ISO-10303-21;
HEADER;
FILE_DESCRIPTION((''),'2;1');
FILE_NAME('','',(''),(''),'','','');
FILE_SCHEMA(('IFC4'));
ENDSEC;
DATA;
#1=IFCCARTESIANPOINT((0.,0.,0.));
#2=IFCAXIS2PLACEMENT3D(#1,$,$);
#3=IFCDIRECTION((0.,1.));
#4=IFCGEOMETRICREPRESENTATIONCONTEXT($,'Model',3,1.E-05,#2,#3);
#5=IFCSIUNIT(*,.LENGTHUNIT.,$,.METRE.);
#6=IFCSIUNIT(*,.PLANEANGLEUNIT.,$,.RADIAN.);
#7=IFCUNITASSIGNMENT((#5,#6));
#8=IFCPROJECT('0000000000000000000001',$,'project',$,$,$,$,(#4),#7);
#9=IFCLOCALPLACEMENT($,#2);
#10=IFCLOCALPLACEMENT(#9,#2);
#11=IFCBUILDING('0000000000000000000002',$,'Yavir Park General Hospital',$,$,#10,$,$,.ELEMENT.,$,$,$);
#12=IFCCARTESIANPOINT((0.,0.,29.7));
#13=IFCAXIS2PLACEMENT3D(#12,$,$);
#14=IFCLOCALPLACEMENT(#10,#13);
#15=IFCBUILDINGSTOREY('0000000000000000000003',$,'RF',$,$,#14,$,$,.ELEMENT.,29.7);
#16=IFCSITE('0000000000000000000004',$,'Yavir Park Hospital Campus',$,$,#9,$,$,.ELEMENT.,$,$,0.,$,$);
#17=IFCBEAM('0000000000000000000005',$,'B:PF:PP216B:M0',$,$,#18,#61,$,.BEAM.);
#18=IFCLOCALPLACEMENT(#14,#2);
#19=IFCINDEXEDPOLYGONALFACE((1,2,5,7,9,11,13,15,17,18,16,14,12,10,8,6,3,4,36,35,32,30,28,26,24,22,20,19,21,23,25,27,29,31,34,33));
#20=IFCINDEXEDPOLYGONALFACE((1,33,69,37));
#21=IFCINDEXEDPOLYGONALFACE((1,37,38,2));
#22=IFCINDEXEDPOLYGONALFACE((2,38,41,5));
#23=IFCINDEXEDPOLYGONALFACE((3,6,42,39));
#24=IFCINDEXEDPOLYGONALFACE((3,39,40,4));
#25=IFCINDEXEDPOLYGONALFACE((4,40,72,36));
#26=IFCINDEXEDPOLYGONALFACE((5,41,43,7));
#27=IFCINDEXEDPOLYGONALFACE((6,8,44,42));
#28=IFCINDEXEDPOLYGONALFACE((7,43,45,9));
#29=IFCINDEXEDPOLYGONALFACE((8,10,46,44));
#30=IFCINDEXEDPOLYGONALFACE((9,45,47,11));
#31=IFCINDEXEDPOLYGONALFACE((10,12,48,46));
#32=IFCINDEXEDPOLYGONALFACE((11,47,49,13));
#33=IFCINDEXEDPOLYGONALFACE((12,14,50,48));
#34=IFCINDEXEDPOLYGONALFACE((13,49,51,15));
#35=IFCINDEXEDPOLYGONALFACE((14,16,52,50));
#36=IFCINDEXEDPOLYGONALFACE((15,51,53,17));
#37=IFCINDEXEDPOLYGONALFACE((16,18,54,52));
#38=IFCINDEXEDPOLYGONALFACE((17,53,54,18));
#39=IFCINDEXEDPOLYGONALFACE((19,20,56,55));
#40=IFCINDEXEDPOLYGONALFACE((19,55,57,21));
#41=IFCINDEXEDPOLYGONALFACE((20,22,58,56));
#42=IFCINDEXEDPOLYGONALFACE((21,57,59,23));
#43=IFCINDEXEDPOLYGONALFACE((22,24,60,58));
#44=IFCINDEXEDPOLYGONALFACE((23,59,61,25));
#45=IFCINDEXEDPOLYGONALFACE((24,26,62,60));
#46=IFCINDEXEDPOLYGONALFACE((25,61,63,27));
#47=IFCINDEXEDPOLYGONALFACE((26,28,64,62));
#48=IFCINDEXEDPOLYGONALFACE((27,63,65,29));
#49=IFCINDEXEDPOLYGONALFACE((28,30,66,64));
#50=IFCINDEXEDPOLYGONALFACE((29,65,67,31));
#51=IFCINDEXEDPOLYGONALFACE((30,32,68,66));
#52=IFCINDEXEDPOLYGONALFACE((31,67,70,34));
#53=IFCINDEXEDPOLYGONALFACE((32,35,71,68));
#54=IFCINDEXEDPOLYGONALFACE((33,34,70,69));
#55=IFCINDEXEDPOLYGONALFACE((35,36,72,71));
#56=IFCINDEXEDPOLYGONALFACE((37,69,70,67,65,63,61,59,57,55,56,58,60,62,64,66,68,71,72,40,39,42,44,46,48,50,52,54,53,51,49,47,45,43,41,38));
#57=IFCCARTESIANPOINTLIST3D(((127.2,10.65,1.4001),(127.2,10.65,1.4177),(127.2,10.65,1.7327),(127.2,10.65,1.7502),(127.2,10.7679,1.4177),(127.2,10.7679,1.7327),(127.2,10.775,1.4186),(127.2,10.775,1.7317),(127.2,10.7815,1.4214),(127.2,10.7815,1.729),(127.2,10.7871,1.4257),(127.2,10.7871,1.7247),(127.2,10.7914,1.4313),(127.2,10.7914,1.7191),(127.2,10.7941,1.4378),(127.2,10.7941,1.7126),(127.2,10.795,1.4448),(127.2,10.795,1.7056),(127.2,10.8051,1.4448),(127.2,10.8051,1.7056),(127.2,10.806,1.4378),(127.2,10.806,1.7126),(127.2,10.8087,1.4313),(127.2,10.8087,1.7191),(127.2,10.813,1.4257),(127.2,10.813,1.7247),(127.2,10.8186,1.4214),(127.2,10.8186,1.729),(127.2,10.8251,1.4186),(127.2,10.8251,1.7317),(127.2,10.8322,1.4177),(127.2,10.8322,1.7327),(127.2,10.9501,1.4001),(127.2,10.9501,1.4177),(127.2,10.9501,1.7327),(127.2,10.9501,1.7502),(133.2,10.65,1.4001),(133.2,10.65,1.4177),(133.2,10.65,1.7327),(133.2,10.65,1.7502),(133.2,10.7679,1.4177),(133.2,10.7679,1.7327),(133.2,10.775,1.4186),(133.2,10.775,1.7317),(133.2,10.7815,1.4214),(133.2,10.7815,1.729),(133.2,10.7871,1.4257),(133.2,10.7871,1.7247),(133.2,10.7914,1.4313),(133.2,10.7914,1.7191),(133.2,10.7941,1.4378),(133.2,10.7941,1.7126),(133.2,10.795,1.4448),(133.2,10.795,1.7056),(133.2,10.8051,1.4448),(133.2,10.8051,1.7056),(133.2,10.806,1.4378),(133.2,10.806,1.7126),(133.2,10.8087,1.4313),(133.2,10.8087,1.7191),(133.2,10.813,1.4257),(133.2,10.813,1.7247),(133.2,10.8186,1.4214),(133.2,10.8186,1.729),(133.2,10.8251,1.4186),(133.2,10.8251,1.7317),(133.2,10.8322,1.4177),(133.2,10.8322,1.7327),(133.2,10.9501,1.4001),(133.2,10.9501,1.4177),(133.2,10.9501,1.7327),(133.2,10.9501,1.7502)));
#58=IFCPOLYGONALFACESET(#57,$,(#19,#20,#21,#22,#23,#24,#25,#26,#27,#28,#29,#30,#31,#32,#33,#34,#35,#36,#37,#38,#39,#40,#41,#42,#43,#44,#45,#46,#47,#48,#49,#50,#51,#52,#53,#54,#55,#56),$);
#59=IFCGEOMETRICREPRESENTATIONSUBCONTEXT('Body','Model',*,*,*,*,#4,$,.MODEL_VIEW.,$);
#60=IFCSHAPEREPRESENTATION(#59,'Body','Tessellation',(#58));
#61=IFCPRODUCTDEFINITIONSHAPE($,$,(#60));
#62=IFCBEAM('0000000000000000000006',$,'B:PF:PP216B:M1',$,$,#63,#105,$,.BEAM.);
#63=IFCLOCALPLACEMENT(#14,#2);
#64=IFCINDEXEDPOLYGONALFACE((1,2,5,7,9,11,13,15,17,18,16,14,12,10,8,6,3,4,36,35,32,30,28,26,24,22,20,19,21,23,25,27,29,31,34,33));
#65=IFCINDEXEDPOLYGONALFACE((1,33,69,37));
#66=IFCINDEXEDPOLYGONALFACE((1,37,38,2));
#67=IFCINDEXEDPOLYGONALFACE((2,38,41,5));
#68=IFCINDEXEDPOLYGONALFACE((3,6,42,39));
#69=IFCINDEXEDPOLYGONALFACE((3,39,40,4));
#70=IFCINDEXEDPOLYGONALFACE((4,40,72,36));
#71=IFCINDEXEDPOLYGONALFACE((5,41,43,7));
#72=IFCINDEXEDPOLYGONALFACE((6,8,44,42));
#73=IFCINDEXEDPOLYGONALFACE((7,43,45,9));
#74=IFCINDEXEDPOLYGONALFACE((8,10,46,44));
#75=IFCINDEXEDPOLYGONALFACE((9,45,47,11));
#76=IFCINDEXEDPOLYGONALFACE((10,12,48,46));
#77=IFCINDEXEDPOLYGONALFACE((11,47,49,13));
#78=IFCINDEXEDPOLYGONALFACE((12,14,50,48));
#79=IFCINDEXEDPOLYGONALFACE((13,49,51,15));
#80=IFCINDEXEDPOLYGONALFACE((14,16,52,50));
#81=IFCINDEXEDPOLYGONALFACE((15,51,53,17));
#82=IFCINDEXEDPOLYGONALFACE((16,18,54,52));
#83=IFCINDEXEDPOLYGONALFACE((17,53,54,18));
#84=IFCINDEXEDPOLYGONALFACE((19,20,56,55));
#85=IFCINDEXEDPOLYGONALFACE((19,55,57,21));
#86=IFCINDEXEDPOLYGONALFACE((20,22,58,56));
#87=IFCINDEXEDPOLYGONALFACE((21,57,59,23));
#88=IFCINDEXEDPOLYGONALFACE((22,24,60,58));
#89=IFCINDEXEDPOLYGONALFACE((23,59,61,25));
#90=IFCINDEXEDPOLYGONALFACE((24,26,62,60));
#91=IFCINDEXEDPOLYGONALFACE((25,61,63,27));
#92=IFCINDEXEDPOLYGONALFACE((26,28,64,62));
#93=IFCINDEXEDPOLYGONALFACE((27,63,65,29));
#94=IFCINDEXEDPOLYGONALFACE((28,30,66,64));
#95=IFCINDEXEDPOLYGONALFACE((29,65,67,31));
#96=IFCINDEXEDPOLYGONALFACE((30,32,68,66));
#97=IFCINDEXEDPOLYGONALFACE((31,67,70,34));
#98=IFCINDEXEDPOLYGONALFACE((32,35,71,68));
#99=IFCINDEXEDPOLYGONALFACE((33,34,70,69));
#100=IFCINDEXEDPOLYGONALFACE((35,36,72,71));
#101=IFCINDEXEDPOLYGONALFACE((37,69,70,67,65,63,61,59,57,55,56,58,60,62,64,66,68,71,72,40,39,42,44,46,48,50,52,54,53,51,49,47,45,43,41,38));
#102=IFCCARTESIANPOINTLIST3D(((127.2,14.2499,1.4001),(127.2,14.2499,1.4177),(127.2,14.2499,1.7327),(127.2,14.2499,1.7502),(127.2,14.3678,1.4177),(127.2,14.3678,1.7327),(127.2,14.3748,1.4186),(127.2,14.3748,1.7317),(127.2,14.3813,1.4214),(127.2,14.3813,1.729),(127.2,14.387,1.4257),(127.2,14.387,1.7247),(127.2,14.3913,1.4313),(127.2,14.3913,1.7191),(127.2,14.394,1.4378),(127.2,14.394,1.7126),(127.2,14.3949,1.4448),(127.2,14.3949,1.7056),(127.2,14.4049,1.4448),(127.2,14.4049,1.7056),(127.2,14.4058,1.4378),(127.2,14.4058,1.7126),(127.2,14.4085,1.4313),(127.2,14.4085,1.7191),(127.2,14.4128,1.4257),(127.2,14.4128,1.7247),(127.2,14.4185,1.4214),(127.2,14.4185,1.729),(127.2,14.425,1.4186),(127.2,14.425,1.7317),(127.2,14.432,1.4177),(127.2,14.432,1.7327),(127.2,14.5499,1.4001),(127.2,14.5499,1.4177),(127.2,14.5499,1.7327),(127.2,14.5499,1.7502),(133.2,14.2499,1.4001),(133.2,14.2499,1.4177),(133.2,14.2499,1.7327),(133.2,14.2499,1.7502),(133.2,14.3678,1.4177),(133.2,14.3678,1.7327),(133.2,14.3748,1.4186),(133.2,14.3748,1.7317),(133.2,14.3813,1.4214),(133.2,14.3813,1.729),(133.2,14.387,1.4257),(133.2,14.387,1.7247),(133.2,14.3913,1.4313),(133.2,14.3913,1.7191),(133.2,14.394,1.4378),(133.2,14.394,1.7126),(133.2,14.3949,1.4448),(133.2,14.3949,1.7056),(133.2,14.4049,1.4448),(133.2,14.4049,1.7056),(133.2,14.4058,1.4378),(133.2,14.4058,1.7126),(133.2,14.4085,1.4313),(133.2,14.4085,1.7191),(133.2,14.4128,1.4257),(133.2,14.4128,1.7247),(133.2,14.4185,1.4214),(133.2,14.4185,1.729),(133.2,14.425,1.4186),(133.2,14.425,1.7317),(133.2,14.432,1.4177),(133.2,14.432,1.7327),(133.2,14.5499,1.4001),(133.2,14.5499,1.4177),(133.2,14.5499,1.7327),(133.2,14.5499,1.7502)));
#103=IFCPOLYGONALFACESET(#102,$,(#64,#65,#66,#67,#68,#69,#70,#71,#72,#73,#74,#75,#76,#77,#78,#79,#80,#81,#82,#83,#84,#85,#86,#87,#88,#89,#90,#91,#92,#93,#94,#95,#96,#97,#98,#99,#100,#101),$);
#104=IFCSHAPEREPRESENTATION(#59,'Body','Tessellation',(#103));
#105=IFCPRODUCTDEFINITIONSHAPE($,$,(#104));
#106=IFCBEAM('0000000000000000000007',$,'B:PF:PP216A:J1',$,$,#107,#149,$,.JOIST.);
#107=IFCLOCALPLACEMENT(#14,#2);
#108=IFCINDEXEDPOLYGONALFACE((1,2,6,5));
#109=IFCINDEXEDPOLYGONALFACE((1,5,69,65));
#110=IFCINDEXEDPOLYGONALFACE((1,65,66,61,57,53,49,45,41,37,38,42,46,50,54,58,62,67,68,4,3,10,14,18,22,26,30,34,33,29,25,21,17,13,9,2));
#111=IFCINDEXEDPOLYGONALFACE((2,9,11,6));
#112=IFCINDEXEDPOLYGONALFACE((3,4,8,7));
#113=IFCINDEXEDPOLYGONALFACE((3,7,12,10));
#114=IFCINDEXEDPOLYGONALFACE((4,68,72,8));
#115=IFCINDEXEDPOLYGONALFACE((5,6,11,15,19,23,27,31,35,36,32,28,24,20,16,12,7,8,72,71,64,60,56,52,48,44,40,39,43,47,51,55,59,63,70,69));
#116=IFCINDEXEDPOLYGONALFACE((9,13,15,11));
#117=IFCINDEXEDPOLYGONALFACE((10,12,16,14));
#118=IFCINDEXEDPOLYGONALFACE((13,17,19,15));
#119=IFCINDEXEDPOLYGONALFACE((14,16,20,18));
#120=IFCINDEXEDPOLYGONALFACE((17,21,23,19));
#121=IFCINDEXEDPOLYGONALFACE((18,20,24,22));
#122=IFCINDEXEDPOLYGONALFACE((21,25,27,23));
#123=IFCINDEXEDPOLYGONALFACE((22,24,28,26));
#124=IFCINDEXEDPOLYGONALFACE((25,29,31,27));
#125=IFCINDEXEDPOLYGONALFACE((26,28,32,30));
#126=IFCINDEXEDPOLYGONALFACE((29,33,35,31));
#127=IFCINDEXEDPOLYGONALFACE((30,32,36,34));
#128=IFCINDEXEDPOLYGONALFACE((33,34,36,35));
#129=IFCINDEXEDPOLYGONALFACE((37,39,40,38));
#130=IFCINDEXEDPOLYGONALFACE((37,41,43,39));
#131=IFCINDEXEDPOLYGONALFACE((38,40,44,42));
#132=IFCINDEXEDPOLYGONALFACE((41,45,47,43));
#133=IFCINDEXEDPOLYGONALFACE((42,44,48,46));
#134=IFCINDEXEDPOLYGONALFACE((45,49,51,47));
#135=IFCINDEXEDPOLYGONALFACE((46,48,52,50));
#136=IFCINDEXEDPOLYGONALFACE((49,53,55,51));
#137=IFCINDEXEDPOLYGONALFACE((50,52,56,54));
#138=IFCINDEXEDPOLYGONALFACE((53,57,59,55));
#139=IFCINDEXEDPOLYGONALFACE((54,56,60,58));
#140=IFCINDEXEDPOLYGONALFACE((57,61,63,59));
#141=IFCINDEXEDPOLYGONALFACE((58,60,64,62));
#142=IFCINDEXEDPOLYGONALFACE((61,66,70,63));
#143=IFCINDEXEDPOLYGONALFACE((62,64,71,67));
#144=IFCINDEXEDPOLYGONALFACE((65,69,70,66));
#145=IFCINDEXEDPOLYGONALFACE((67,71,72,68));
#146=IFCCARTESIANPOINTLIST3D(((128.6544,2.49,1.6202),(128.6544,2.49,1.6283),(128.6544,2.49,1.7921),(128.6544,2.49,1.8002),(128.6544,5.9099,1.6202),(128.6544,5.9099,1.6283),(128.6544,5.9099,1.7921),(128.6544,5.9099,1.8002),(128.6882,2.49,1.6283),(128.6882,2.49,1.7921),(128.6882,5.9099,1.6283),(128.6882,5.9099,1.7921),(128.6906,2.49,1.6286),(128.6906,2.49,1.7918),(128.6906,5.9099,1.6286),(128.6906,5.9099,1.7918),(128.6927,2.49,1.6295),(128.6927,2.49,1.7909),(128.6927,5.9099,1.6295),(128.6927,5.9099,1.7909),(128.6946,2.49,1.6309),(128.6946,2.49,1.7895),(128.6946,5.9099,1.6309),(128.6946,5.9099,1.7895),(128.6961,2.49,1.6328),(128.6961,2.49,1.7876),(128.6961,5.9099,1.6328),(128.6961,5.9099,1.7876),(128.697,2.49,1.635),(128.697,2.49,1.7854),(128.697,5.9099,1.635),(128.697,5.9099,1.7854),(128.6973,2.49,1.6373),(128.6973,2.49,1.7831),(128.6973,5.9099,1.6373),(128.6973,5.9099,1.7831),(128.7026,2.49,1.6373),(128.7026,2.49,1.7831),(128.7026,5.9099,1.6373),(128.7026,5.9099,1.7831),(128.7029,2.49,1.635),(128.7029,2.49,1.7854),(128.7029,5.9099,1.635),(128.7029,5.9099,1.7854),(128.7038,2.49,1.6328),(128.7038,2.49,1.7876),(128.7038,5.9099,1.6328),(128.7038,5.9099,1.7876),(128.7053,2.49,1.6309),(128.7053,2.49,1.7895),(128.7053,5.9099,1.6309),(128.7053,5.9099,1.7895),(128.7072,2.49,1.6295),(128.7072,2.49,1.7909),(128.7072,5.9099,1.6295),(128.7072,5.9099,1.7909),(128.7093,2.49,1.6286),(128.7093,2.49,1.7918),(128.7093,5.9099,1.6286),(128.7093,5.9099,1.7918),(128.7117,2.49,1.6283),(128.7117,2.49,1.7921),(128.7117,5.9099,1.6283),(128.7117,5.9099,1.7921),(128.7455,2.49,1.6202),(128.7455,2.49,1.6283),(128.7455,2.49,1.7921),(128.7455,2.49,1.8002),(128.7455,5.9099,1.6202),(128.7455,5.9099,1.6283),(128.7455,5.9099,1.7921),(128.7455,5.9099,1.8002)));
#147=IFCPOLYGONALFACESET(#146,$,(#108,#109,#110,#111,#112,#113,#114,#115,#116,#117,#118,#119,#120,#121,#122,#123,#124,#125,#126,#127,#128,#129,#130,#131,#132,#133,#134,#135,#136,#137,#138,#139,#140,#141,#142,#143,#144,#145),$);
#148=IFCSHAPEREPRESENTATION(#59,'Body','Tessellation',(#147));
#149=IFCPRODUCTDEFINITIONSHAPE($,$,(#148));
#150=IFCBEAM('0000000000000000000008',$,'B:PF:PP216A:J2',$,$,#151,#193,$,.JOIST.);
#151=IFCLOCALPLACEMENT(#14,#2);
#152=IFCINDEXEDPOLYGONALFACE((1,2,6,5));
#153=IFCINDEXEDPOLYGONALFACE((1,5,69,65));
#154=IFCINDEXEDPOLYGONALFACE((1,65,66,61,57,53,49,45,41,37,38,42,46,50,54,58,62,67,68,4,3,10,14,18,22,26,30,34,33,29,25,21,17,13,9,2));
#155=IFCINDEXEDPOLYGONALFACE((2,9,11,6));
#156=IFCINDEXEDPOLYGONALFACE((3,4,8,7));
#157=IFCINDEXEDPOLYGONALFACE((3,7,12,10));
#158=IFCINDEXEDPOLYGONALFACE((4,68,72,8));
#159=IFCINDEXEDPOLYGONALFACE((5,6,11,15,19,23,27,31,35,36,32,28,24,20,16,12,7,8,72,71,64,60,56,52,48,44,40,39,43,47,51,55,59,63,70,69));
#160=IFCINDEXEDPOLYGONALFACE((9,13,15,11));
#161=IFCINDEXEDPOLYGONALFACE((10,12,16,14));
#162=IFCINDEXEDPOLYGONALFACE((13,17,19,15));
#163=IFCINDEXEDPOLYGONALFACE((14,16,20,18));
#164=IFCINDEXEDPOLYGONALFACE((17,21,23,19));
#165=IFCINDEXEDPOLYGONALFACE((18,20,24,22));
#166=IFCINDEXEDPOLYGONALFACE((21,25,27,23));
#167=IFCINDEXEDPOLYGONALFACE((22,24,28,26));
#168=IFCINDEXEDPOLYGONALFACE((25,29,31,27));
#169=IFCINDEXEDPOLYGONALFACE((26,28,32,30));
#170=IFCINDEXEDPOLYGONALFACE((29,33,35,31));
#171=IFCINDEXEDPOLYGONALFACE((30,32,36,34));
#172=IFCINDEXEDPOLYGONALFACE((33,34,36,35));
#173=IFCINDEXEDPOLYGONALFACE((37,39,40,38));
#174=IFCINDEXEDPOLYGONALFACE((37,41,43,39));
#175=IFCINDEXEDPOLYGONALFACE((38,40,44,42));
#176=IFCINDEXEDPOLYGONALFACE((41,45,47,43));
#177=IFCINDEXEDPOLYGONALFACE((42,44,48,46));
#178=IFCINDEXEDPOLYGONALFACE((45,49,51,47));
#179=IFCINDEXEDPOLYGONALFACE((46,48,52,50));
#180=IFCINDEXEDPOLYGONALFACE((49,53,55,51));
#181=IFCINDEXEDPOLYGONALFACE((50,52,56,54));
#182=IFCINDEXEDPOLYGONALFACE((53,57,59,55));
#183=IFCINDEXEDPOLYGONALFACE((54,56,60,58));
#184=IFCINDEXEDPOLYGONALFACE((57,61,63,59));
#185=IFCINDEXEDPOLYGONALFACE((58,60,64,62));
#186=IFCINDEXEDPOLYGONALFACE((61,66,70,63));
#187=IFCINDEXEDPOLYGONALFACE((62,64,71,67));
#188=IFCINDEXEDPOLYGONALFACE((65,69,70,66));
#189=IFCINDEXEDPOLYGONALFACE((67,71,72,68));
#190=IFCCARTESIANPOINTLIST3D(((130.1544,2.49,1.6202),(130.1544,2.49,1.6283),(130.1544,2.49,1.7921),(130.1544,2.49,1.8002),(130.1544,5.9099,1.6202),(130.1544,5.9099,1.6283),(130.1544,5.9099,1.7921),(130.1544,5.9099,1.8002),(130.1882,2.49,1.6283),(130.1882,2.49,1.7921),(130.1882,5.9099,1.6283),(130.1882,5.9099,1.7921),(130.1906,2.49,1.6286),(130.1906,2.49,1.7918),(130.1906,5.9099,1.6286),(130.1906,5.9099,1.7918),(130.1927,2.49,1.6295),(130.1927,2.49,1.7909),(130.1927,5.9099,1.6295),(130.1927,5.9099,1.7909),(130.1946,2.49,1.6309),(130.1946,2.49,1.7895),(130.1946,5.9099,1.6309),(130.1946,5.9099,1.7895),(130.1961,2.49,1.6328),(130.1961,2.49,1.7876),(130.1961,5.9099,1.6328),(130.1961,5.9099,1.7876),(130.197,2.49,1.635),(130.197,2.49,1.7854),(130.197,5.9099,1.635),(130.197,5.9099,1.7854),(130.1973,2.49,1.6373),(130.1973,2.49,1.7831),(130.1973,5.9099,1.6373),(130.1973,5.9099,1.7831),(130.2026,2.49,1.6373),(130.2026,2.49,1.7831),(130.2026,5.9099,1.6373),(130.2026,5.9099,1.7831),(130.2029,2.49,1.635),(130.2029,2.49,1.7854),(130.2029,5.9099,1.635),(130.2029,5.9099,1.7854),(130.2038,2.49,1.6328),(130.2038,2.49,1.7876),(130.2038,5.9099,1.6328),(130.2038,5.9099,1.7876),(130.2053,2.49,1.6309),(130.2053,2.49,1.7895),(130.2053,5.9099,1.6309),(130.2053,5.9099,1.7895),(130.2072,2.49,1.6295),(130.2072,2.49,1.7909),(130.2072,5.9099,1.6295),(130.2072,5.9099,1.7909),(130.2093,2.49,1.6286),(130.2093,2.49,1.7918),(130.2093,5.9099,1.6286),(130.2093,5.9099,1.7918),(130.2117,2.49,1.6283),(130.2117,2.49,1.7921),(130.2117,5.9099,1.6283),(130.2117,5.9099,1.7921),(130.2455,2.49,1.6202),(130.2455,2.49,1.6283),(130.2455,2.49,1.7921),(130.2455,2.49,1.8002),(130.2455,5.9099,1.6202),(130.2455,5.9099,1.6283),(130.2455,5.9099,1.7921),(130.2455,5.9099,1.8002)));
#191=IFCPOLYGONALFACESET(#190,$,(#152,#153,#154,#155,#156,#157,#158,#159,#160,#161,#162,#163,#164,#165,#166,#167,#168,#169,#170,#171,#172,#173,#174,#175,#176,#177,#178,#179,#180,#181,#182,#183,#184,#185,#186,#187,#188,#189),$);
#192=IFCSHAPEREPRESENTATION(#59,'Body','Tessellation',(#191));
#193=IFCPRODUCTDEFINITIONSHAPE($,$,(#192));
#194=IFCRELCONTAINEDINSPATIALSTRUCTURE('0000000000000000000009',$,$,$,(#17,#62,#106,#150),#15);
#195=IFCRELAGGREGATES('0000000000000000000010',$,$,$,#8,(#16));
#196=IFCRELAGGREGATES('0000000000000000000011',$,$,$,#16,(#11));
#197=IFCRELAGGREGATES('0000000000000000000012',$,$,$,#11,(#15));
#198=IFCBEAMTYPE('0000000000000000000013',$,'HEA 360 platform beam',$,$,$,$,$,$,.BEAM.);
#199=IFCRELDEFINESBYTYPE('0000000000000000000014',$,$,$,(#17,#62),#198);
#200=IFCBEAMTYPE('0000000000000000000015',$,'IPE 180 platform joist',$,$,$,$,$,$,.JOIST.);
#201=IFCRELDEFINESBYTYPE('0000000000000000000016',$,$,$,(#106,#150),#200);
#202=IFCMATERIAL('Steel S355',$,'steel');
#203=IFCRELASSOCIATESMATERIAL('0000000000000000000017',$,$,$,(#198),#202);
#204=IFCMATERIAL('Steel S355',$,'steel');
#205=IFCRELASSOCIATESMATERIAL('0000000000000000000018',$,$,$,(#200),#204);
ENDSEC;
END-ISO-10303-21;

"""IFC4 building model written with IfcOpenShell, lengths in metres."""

from ifc_helpers import new_model, si_unit, direction, frame, origin, origin_2d, place, context, subcontext, project, spatial, i_section, extrude, material, material_profile, profile_set, type_object, element, save


model = new_model("IFC4")

# Units and contexts
model_context = context("Model", 3, precision=1e-05, world=origin(), true_north=direction((0.0, 1.0)))
body_context = subcontext(model_context, "Body", "Model", "MODEL_VIEW")
ifc_project = project(units=[si_unit("LENGTHUNIT", "METRE"), si_unit("PLANEANGLEUNIT", "RADIAN")], contexts=[model_context])

# Site, building, storey
site_placement = place(None, origin())
site = spatial("IfcSite", under=ifc_project, at=site_placement, Name="Yavir Park Hospital Campus", CompositionType="ELEMENT", RefElevation=0.0)
building_placement = place(site_placement, origin())
building = spatial("IfcBuilding", under=site, at=building_placement, Name="Yavir Park General Hospital", CompositionType="ELEMENT")
storey_placement = place(building_placement, frame((0.0, 0.0, 29.7)))
storey = spatial("IfcBuildingStorey", under=building, at=storey_placement, Name="RF", CompositionType="ELEMENT", Elevation=29.7)

# Beams
ifc_material_1 = material(Name="Steel S355", Category="steel")
ifc_material_profile_1 = material_profile(ifc_material_1, i_section(OverallWidth=0.3, OverallDepth=0.3501, WebThickness=0.01, FlangeThickness=0.0176, FilletRadius=0.0271, at=origin_2d()), Name="HEA360")
ifc_profile_set_1 = profile_set([ifc_material_profile_1], Name="Steel S355")
beam_type_1 = type_object("IfcBeamType", Name="HEA 360 platform beam", PredefinedType="BEAM", material=ifc_profile_set_1)
for number, where, z_axis, x_axis, name in (
    (1, (127.2, 10.8, 1.5752), (1.0, 0.0, 0.0), (0.0, 1.0, 0.0), "B:PF:PP216B:M0"),
    (2, (127.2, 14.3999, 1.5752), (1.0, 0.0, 0.0), (0.0, 1.0, 0.0), "B:PF:PP216B:M1"),
):
    element("IfcBeam", number, at=place(storey_placement, frame(where, z_axis=z_axis, x_axis=x_axis)), inside=storey, type_object=beam_type_1, Name=name, PredefinedType="BEAM", context=body_context, shape_type="SweptSolid", body=[
        extrude(i_section(OverallWidth=0.3, OverallDepth=0.3501, WebThickness=0.01, FlangeThickness=0.0176, FilletRadius=0.0271, at=origin_2d()), origin(), (0.0, 0.0, 1.0), 6.0),
    ])
ifc_material_2 = material(Name="Steel S355", Category="steel")
ifc_material_profile_2 = material_profile(ifc_material_2, i_section(OverallWidth=0.0911, OverallDepth=0.1799, WebThickness=0.0054, FlangeThickness=0.0081, FilletRadius=0.009, at=origin_2d()), Name="IPE180")
ifc_profile_set_2 = profile_set([ifc_material_profile_2], Name="Steel S355")
beam_type_2 = type_object("IfcBeamType", Name="IPE 180 platform joist", PredefinedType="JOIST", material=ifc_profile_set_2)
for number, where, z_axis, x_axis, name in (
    (3, (128.7, 2.49, 1.7102), (0.0, 1.0, 0.0), (-1.0, 0.0, 0.0), "B:PF:PP216A:J1"),
    (4, (130.2, 2.49, 1.7102), (0.0, 1.0, 0.0), (-1.0, 0.0, 0.0), "B:PF:PP216A:J2"),
):
    element("IfcBeam", number, at=place(storey_placement, frame(where, z_axis=z_axis, x_axis=x_axis)), inside=storey, type_object=beam_type_2, Name=name, PredefinedType="JOIST", context=body_context, shape_type="SweptSolid", body=[
        extrude(i_section(OverallWidth=0.0911, OverallDepth=0.1799, WebThickness=0.0054, FlangeThickness=0.0081, FilletRadius=0.009, at=origin_2d()), origin(), (0.0, 0.0, 1.0), 3.4199),
    ])

save(model, "model.ifc")
